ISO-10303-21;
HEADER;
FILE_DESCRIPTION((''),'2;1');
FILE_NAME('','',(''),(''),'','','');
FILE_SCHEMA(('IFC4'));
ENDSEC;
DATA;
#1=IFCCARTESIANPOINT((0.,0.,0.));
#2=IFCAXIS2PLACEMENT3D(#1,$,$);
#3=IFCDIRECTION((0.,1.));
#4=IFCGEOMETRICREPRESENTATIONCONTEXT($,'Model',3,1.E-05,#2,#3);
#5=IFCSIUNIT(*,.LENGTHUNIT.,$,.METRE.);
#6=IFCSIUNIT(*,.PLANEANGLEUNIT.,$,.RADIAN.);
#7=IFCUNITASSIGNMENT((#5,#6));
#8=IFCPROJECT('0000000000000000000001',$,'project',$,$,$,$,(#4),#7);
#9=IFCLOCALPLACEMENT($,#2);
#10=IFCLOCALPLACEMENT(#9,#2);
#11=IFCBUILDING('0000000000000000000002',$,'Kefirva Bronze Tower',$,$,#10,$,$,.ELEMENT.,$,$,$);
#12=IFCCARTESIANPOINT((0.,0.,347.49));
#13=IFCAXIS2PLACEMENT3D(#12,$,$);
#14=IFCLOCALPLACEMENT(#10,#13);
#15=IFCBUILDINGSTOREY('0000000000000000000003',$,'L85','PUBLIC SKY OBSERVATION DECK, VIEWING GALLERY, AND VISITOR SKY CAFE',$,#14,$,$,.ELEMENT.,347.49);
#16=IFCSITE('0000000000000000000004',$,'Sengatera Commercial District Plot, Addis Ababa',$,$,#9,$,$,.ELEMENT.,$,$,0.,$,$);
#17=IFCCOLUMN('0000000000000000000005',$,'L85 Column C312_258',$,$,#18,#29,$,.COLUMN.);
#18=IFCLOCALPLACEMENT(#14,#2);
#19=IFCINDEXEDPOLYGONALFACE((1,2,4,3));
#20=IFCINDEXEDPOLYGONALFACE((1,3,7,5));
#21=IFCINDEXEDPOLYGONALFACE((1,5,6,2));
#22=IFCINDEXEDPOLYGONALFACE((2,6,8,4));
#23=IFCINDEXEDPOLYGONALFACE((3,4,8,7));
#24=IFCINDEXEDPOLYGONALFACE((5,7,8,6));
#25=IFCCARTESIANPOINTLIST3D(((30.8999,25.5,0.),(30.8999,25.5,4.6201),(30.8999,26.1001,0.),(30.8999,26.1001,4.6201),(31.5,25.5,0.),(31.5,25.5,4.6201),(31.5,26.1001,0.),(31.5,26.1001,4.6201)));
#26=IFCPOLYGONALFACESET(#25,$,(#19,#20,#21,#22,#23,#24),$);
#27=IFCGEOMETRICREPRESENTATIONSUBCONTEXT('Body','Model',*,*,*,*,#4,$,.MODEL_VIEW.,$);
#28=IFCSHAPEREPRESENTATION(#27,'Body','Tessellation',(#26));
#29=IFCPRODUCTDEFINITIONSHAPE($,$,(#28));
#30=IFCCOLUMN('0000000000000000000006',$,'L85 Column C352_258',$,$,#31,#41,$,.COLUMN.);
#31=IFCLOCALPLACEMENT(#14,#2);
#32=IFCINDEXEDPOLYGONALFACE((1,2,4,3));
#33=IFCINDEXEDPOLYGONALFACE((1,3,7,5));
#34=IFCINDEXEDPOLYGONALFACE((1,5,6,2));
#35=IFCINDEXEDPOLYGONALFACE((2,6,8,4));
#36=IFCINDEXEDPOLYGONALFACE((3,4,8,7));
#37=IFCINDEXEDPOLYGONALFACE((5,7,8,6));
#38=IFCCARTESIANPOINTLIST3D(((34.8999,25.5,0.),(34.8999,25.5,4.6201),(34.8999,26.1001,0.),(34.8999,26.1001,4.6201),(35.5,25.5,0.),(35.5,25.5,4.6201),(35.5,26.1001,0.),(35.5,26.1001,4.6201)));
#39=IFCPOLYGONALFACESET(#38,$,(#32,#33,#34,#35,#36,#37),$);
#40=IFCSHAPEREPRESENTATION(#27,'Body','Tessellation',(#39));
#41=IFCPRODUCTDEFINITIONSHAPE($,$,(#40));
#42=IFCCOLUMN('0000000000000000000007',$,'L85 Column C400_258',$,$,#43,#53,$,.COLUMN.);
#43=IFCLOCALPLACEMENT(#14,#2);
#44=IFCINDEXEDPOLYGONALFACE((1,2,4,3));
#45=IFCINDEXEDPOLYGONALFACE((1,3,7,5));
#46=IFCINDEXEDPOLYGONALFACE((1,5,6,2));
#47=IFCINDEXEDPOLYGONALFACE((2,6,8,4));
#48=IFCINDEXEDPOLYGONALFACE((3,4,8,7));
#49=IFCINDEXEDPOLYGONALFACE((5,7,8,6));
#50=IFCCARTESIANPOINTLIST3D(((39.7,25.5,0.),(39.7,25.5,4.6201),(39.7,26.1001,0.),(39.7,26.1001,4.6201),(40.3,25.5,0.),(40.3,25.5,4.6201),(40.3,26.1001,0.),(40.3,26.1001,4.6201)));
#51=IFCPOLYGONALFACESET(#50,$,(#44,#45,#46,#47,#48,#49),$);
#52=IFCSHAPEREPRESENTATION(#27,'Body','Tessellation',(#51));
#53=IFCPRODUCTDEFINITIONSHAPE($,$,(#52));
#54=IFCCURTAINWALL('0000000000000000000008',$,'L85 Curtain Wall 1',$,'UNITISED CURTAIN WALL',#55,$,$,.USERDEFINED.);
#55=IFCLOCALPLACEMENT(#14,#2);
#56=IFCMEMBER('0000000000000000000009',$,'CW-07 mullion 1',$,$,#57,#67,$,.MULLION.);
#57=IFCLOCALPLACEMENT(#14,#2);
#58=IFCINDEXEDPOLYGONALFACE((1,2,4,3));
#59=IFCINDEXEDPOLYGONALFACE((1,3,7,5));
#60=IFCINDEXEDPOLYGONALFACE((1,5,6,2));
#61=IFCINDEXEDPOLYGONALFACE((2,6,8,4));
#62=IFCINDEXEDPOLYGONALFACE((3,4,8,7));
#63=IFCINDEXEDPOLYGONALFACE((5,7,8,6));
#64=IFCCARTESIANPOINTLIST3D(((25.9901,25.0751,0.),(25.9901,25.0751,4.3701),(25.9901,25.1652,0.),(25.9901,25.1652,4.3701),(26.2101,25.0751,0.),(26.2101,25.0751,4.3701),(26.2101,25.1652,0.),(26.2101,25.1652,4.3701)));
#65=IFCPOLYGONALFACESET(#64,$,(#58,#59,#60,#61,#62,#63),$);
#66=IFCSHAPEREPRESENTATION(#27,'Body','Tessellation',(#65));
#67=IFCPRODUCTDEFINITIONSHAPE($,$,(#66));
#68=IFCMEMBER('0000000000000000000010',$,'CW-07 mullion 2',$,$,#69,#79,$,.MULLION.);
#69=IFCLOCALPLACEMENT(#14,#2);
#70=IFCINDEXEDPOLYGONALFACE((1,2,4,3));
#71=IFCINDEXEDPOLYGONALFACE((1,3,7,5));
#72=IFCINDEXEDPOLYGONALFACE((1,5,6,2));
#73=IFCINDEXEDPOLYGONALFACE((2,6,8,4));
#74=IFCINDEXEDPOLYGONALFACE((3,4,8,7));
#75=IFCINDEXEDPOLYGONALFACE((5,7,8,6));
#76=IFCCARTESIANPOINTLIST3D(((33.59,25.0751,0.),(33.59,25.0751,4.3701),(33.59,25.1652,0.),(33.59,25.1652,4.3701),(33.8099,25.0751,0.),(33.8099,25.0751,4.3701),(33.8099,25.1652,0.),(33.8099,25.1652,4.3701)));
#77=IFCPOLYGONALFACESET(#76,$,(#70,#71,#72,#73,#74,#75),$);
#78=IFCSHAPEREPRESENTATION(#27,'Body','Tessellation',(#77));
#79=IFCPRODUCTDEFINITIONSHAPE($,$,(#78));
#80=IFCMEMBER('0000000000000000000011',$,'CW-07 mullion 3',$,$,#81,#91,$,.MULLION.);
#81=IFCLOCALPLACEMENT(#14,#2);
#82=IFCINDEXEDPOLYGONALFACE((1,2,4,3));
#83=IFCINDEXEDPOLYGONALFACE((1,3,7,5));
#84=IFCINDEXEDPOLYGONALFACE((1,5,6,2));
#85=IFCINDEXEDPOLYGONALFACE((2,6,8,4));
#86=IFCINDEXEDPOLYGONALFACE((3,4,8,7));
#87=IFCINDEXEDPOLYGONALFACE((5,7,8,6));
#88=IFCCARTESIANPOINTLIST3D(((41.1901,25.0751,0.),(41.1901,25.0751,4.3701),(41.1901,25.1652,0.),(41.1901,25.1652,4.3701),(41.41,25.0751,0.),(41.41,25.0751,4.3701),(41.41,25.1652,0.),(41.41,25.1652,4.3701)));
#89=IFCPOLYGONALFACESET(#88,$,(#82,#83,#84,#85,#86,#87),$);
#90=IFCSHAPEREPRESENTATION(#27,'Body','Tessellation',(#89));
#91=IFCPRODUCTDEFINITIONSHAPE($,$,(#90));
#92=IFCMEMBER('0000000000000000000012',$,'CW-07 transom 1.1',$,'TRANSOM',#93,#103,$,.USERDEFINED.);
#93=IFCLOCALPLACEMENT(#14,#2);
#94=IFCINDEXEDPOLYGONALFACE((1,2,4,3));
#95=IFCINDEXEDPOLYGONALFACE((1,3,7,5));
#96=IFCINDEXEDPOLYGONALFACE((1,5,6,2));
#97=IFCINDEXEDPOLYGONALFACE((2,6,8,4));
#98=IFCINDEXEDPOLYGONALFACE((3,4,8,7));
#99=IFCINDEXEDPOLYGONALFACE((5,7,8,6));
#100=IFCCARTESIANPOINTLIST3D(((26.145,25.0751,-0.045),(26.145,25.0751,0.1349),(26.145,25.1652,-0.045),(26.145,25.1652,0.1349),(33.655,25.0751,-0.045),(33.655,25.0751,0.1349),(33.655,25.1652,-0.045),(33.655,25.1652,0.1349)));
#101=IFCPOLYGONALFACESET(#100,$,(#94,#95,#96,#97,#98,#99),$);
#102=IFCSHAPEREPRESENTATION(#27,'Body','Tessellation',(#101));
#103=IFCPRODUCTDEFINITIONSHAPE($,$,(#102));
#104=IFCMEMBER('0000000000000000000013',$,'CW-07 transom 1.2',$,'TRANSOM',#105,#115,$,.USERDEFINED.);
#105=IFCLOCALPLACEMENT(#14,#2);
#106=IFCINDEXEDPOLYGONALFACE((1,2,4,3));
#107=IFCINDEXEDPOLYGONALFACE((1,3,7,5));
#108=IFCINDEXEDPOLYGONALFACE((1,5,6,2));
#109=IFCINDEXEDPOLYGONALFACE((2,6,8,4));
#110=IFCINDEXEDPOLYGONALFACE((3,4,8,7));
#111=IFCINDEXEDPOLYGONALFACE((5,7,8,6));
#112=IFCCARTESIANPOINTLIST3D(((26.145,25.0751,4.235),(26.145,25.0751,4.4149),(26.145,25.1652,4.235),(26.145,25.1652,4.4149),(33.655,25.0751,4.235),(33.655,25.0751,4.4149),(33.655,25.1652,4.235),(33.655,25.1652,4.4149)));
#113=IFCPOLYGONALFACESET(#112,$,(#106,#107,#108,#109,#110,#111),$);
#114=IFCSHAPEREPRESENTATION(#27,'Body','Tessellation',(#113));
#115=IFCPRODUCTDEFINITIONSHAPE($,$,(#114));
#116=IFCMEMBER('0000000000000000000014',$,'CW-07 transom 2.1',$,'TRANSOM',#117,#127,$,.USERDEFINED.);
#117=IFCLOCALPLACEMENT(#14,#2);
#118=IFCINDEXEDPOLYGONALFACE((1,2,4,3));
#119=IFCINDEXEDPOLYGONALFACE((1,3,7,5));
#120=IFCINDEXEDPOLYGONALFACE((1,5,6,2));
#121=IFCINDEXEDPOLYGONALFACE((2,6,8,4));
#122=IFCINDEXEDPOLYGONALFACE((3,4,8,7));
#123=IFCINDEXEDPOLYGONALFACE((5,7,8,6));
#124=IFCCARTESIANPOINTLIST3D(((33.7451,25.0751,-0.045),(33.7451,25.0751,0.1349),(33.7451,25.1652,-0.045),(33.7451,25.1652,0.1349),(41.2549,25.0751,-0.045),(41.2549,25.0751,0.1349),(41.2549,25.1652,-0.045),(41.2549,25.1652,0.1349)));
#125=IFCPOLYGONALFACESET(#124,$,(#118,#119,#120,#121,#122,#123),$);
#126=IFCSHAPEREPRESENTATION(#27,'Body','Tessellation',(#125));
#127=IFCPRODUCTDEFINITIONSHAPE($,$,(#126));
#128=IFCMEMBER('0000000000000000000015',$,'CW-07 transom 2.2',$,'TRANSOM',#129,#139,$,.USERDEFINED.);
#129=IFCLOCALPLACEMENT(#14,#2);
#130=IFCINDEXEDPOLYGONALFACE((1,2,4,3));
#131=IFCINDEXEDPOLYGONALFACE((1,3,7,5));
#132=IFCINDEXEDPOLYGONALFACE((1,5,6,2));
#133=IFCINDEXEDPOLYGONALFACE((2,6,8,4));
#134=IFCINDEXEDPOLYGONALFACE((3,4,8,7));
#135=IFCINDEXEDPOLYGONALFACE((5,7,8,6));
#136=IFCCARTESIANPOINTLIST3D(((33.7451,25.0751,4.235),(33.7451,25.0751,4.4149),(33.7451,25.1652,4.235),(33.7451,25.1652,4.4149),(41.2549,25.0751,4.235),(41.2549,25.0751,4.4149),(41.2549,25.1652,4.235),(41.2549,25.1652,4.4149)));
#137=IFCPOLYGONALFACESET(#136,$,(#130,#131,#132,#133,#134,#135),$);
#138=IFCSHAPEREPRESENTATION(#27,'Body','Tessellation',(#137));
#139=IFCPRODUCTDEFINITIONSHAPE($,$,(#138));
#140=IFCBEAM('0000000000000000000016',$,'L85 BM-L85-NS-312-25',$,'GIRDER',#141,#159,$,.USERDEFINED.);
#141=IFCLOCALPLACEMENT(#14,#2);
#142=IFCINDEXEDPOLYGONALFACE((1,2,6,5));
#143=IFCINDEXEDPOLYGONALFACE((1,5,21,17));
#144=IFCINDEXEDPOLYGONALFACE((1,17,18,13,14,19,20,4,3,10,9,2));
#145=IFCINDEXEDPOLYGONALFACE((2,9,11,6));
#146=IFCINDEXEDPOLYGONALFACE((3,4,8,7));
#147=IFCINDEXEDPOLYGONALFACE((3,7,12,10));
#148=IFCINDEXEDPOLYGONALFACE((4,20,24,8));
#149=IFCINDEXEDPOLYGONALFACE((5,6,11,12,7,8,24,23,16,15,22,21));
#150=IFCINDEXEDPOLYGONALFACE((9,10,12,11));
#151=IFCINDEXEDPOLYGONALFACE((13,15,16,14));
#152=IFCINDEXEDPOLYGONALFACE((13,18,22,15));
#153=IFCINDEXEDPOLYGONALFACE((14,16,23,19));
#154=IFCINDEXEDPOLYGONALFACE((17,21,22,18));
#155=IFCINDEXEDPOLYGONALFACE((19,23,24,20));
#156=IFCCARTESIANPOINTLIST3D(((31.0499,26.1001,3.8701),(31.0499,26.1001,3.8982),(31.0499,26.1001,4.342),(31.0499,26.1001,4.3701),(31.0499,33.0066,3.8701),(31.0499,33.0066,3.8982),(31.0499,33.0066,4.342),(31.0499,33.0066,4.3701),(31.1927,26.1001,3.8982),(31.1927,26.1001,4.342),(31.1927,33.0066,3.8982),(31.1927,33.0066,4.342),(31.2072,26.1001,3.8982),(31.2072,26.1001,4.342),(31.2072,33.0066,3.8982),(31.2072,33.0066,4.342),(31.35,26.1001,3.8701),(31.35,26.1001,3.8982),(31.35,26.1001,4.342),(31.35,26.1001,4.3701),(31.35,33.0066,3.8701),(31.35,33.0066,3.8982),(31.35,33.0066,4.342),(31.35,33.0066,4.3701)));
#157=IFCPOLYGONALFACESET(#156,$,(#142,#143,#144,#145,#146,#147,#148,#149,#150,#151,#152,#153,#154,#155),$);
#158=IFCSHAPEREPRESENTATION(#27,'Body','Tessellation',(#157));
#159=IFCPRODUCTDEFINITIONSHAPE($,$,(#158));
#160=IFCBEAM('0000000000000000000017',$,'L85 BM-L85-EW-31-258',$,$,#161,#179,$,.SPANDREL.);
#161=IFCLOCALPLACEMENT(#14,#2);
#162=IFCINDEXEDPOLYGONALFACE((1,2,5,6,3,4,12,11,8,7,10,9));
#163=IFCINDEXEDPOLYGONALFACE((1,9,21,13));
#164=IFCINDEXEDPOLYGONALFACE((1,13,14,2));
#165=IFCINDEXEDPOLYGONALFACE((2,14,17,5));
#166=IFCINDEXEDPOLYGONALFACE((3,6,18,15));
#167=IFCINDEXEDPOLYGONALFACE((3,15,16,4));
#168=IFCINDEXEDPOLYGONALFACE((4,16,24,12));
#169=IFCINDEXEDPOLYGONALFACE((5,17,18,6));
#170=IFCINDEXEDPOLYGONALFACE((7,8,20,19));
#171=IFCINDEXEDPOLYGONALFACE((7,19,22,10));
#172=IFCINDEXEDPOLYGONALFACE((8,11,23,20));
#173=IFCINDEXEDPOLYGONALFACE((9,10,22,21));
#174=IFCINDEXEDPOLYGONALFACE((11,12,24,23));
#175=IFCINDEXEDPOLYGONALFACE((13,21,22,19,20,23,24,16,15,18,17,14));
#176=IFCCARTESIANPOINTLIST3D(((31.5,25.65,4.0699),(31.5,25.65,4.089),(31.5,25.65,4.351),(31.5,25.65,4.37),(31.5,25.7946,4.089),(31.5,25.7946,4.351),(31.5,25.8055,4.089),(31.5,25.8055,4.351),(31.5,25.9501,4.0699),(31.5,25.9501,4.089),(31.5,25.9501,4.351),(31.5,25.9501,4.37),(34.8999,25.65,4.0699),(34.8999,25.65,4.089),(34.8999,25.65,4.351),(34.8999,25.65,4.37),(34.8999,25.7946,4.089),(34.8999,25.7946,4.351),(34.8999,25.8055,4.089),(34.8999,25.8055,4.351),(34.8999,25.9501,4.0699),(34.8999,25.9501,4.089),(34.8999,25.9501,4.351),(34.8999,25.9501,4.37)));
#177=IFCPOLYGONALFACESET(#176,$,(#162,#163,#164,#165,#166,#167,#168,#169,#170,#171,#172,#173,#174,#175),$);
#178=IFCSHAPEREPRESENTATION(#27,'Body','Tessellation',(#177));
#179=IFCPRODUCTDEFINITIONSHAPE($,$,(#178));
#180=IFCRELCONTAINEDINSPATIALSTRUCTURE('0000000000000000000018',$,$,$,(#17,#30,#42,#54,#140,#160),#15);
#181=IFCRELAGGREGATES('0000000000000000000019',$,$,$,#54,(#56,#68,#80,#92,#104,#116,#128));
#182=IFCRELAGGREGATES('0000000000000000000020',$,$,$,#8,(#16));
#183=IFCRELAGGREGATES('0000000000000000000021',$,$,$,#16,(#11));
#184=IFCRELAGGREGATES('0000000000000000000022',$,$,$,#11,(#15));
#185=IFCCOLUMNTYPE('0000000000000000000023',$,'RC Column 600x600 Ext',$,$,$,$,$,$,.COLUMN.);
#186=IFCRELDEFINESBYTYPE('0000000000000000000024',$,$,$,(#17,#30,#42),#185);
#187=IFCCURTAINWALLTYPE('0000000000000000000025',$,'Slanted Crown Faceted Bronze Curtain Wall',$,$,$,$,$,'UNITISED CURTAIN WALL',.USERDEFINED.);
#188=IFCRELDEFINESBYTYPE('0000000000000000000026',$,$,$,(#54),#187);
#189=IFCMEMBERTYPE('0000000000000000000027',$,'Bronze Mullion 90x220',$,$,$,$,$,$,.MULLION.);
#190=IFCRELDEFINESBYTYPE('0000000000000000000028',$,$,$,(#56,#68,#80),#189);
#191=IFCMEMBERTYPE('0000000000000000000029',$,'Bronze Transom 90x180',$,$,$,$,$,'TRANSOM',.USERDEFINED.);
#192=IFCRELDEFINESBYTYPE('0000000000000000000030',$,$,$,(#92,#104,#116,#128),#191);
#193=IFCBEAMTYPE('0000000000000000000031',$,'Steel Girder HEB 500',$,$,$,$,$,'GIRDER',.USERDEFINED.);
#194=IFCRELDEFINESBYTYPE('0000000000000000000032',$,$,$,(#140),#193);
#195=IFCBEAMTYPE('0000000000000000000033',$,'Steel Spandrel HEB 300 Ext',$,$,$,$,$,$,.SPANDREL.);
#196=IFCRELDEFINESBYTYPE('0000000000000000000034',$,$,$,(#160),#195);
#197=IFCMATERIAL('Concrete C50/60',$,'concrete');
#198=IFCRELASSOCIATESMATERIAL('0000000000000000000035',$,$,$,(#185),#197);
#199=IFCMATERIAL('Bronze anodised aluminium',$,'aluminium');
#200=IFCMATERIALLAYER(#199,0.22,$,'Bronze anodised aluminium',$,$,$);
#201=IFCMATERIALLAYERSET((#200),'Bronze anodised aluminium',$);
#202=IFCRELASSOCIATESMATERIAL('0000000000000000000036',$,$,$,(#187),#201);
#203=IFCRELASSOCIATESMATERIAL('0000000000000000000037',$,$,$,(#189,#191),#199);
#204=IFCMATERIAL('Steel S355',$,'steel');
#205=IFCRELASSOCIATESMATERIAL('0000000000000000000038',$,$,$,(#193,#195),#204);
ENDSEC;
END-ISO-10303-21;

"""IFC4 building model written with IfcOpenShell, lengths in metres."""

from ifc_helpers import new_model, si_unit, direction, frame, origin, origin_2d, place, context, subcontext, project, spatial, rectangle, i_section, extrude, material, layer, layer_set, material_profile, profile_set, type_object, element, aggregate, save


model = new_model("IFC4")

# Units and contexts
model_context = context("Model", 3, precision=1e-05, world=origin(), true_north=direction((0.0, 1.0)))
body_context = subcontext(model_context, "Body", "Model", "MODEL_VIEW")
ifc_project = project(units=[si_unit("LENGTHUNIT", "METRE"), si_unit("PLANEANGLEUNIT", "RADIAN")], contexts=[model_context])

# Site, building, storey
site_placement = place(None, origin())
site = spatial("IfcSite", under=ifc_project, at=site_placement, Name="Sengatera Commercial District Plot, Addis Ababa", CompositionType="ELEMENT", RefElevation=0.0)
building_placement = place(site_placement, origin())
building = spatial("IfcBuilding", under=site, at=building_placement, Name="Kefirva Bronze Tower", CompositionType="ELEMENT")
storey_placement = place(building_placement, frame((0.0, 0.0, 347.49)))
storey = spatial("IfcBuildingStorey", under=building, at=storey_placement, Name="L85", Description="PUBLIC SKY OBSERVATION DECK, VIEWING GALLERY, AND VISITOR SKY CAFE", CompositionType="ELEMENT", Elevation=347.49)

# Columns
ifc_material_1 = material(Name="Concrete C50/60", Category="concrete")
ifc_material_profile_1 = material_profile(ifc_material_1, rectangle(XDim=0.6001, YDim=0.6001, at=origin_2d()), Name="RC 600x600")
ifc_profile_set_1 = profile_set([ifc_material_profile_1], Name="Concrete C50/60")
column_type = type_object("IfcColumnType", Name="RC Column 600x600 Ext", PredefinedType="COLUMN", material=ifc_profile_set_1)
for number, where, z_axis, x_axis, name in (
    (1, (31.2, 25.8, 0.0), (0.0, 0.0, 1.0), (1.0, 0.0, 0.0), "L85 Column C312_258"),
    (2, (35.2, 25.8, 0.0), (0.0, 0.0, 1.0), (1.0, 0.0, 0.0), "L85 Column C352_258"),
    (3, (40.0, 25.8, 0.0), (0.0, 0.0, 1.0), (1.0, 0.0, 0.0), "L85 Column C400_258"),
):
    element("IfcColumn", number, at=place(storey_placement, frame(where, z_axis=z_axis, x_axis=x_axis)), inside=storey, type_object=column_type, Name=name, PredefinedType="COLUMN", context=body_context, shape_type="SweptSolid", body=[
        extrude(rectangle(XDim=0.6001, YDim=0.6001, at=origin_2d()), origin(), (0.0, 0.0, 1.0), 4.6201),
    ])

# Curtain wall, members
ifc_material_2 = material(Name="Bronze anodised aluminium", Category="aluminium")
ifc_layer_1 = layer(ifc_material_2, 0.22, Name="Bronze anodised aluminium")
ifc_layer_set_1 = layer_set([ifc_layer_1], Name="Bronze anodised aluminium")
curtain_wall_type = type_object("IfcCurtainWallType", Name="Slanted Crown Faceted Bronze Curtain Wall", ElementType="UNITISED CURTAIN WALL", PredefinedType="USERDEFINED", material=ifc_layer_set_1)
curtain_wall_placement = place(storey_placement, origin())
curtain_wall = element("IfcCurtainWall", 4, at=curtain_wall_placement, inside=storey, type_object=curtain_wall_type, Name="L85 Curtain Wall 1", ObjectType="UNITISED CURTAIN WALL", PredefinedType="USERDEFINED")
ifc_material_profile_2 = material_profile(ifc_material_2, rectangle(XDim=0.0901, YDim=0.22, at=origin_2d()), Name="ALU 90x220")
ifc_profile_set_2 = profile_set([ifc_material_profile_2], Name="Bronze anodised aluminium")
member_type_1 = type_object("IfcMemberType", Name="Bronze Mullion 90x220", PredefinedType="MULLION", material=ifc_profile_set_2)
member_1_placement = place(storey_placement, frame((26.1001, 25.1201, 0.0), z_axis=(0.0, 0.0, 1.0), x_axis=(0.0, 1.0, 0.0)))
member_1 = element("IfcMember", 5, at=member_1_placement, type_object=member_type_1, Name="CW-07 mullion 1", PredefinedType="MULLION", context=body_context, shape_type="SweptSolid", body=[
    extrude(rectangle(XDim=0.0901, YDim=0.22, at=origin_2d()), origin(), (0.0, 0.0, 1.0), 4.3701),
])
member_2_placement = place(storey_placement, frame((33.7, 25.1201, 0.0), z_axis=(0.0, 0.0, 1.0), x_axis=(0.0, 1.0, 0.0)))
member_2 = element("IfcMember", 6, at=member_2_placement, type_object=member_type_1, Name="CW-07 mullion 2", PredefinedType="MULLION", context=body_context, shape_type="SweptSolid", body=[
    extrude(rectangle(XDim=0.0901, YDim=0.22, at=origin_2d()), origin(), (0.0, 0.0, 1.0), 4.3701),
])
member_3_placement = place(storey_placement, frame((41.3, 25.1201, 0.0), z_axis=(0.0, 0.0, 1.0), x_axis=(0.0, 1.0, 0.0)))
member_3 = element("IfcMember", 7, at=member_3_placement, type_object=member_type_1, Name="CW-07 mullion 3", PredefinedType="MULLION", context=body_context, shape_type="SweptSolid", body=[
    extrude(rectangle(XDim=0.0901, YDim=0.22, at=origin_2d()), origin(), (0.0, 0.0, 1.0), 4.3701),
])
ifc_material_profile_3 = material_profile(ifc_material_2, rectangle(XDim=0.0901, YDim=0.1799, at=origin_2d()), Name="ALU 90x180")
ifc_profile_set_3 = profile_set([ifc_material_profile_3], Name="Bronze anodised aluminium")
member_type_2 = type_object("IfcMemberType", Name="Bronze Transom 90x180", ElementType="TRANSOM", PredefinedType="USERDEFINED", material=ifc_profile_set_3)
member_4_placement = place(storey_placement, frame((26.145, 25.1201, 0.0449), z_axis=(1.0, 0.0, 0.0), x_axis=(0.0, 1.0, 0.0)))
member_4 = element("IfcMember", 8, at=member_4_placement, type_object=member_type_2, Name="CW-07 transom 1.1", ObjectType="TRANSOM", PredefinedType="USERDEFINED", context=body_context, shape_type="SweptSolid", body=[
    extrude(rectangle(XDim=0.0901, YDim=0.1799, at=origin_2d()), origin(), (0.0, 0.0, 1.0), 7.51),
])
member_5_placement = place(storey_placement, frame((26.145, 25.1201, 4.325), z_axis=(1.0, 0.0, 0.0), x_axis=(0.0, 1.0, 0.0)))
member_5 = element("IfcMember", 9, at=member_5_placement, type_object=member_type_2, Name="CW-07 transom 1.2", ObjectType="TRANSOM", PredefinedType="USERDEFINED", context=body_context, shape_type="SweptSolid", body=[
    extrude(rectangle(XDim=0.0901, YDim=0.1799, at=origin_2d()), origin(), (0.0, 0.0, 1.0), 7.51),
])
member_6_placement = place(storey_placement, frame((33.7451, 25.1201, 0.0449), z_axis=(1.0, 0.0, 0.0), x_axis=(0.0, 1.0, 0.0)))
member_6 = element("IfcMember", 10, at=member_6_placement, type_object=member_type_2, Name="CW-07 transom 2.1", ObjectType="TRANSOM", PredefinedType="USERDEFINED", context=body_context, shape_type="SweptSolid", body=[
    extrude(rectangle(XDim=0.0901, YDim=0.1799, at=origin_2d()), origin(), (0.0, 0.0, 1.0), 7.5098),
])
member_7_placement = place(storey_placement, frame((33.7451, 25.1201, 4.325), z_axis=(1.0, 0.0, 0.0), x_axis=(0.0, 1.0, 0.0)))
member_7 = element("IfcMember", 11, at=member_7_placement, type_object=member_type_2, Name="CW-07 transom 2.2", ObjectType="TRANSOM", PredefinedType="USERDEFINED", context=body_context, shape_type="SweptSolid", body=[
    extrude(rectangle(XDim=0.0901, YDim=0.1799, at=origin_2d()), origin(), (0.0, 0.0, 1.0), 7.5098),
])

# Beams
ifc_material_3 = material(Name="Steel S355", Category="steel")
ifc_material_profile_4 = material_profile(ifc_material_3, i_section(OverallWidth=0.3, OverallDepth=0.5, WebThickness=0.0144, FlangeThickness=0.0281, at=origin_2d()), Name="HEB 500")
ifc_profile_set_4 = profile_set([ifc_material_profile_4], Name="Steel S355")
beam_type_1 = type_object("IfcBeamType", Name="Steel Girder HEB 500", ElementType="GIRDER", PredefinedType="USERDEFINED", material=ifc_profile_set_4)
beam_1_placement = place(storey_placement, frame((31.2, 26.1001, 4.1201), z_axis=(0.0, 1.0, 0.0), x_axis=(-1.0, 0.0, 0.0)))
element("IfcBeam", 12, at=beam_1_placement, inside=storey, type_object=beam_type_1, Name="L85 BM-L85-NS-312-25", ObjectType="GIRDER", PredefinedType="USERDEFINED", context=body_context, shape_type="SweptSolid", body=[
    extrude(i_section(OverallWidth=0.3, OverallDepth=0.5, WebThickness=0.0144, FlangeThickness=0.0281, at=origin_2d()), origin(), (0.0, 0.0, 1.0), 6.9065),
])
ifc_material_profile_5 = material_profile(ifc_material_3, i_section(OverallWidth=0.3, OverallDepth=0.3, WebThickness=0.011, FlangeThickness=0.019, at=origin_2d()), Name="HEB 300")
ifc_profile_set_5 = profile_set([ifc_material_profile_5], Name="Steel S355")
beam_type_2 = type_object("IfcBeamType", Name="Steel Spandrel HEB 300 Ext", PredefinedType="SPANDREL", material=ifc_profile_set_5)
beam_2_placement = place(storey_placement, frame((31.5, 25.8, 4.22), z_axis=(1.0, 0.0, 0.0), x_axis=(0.0, 1.0, 0.0)))
element("IfcBeam", 13, at=beam_2_placement, inside=storey, type_object=beam_type_2, Name="L85 BM-L85-EW-31-258", PredefinedType="SPANDREL", context=body_context, shape_type="SweptSolid", body=[
    extrude(i_section(OverallWidth=0.3, OverallDepth=0.3, WebThickness=0.011, FlangeThickness=0.019, at=origin_2d()), origin(), (0.0, 0.0, 1.0), 3.3999),
])

aggregate(curtain_wall, [member_1, member_2, member_3, member_4, member_5, member_6, member_7])

save(model, "model.ifc")
